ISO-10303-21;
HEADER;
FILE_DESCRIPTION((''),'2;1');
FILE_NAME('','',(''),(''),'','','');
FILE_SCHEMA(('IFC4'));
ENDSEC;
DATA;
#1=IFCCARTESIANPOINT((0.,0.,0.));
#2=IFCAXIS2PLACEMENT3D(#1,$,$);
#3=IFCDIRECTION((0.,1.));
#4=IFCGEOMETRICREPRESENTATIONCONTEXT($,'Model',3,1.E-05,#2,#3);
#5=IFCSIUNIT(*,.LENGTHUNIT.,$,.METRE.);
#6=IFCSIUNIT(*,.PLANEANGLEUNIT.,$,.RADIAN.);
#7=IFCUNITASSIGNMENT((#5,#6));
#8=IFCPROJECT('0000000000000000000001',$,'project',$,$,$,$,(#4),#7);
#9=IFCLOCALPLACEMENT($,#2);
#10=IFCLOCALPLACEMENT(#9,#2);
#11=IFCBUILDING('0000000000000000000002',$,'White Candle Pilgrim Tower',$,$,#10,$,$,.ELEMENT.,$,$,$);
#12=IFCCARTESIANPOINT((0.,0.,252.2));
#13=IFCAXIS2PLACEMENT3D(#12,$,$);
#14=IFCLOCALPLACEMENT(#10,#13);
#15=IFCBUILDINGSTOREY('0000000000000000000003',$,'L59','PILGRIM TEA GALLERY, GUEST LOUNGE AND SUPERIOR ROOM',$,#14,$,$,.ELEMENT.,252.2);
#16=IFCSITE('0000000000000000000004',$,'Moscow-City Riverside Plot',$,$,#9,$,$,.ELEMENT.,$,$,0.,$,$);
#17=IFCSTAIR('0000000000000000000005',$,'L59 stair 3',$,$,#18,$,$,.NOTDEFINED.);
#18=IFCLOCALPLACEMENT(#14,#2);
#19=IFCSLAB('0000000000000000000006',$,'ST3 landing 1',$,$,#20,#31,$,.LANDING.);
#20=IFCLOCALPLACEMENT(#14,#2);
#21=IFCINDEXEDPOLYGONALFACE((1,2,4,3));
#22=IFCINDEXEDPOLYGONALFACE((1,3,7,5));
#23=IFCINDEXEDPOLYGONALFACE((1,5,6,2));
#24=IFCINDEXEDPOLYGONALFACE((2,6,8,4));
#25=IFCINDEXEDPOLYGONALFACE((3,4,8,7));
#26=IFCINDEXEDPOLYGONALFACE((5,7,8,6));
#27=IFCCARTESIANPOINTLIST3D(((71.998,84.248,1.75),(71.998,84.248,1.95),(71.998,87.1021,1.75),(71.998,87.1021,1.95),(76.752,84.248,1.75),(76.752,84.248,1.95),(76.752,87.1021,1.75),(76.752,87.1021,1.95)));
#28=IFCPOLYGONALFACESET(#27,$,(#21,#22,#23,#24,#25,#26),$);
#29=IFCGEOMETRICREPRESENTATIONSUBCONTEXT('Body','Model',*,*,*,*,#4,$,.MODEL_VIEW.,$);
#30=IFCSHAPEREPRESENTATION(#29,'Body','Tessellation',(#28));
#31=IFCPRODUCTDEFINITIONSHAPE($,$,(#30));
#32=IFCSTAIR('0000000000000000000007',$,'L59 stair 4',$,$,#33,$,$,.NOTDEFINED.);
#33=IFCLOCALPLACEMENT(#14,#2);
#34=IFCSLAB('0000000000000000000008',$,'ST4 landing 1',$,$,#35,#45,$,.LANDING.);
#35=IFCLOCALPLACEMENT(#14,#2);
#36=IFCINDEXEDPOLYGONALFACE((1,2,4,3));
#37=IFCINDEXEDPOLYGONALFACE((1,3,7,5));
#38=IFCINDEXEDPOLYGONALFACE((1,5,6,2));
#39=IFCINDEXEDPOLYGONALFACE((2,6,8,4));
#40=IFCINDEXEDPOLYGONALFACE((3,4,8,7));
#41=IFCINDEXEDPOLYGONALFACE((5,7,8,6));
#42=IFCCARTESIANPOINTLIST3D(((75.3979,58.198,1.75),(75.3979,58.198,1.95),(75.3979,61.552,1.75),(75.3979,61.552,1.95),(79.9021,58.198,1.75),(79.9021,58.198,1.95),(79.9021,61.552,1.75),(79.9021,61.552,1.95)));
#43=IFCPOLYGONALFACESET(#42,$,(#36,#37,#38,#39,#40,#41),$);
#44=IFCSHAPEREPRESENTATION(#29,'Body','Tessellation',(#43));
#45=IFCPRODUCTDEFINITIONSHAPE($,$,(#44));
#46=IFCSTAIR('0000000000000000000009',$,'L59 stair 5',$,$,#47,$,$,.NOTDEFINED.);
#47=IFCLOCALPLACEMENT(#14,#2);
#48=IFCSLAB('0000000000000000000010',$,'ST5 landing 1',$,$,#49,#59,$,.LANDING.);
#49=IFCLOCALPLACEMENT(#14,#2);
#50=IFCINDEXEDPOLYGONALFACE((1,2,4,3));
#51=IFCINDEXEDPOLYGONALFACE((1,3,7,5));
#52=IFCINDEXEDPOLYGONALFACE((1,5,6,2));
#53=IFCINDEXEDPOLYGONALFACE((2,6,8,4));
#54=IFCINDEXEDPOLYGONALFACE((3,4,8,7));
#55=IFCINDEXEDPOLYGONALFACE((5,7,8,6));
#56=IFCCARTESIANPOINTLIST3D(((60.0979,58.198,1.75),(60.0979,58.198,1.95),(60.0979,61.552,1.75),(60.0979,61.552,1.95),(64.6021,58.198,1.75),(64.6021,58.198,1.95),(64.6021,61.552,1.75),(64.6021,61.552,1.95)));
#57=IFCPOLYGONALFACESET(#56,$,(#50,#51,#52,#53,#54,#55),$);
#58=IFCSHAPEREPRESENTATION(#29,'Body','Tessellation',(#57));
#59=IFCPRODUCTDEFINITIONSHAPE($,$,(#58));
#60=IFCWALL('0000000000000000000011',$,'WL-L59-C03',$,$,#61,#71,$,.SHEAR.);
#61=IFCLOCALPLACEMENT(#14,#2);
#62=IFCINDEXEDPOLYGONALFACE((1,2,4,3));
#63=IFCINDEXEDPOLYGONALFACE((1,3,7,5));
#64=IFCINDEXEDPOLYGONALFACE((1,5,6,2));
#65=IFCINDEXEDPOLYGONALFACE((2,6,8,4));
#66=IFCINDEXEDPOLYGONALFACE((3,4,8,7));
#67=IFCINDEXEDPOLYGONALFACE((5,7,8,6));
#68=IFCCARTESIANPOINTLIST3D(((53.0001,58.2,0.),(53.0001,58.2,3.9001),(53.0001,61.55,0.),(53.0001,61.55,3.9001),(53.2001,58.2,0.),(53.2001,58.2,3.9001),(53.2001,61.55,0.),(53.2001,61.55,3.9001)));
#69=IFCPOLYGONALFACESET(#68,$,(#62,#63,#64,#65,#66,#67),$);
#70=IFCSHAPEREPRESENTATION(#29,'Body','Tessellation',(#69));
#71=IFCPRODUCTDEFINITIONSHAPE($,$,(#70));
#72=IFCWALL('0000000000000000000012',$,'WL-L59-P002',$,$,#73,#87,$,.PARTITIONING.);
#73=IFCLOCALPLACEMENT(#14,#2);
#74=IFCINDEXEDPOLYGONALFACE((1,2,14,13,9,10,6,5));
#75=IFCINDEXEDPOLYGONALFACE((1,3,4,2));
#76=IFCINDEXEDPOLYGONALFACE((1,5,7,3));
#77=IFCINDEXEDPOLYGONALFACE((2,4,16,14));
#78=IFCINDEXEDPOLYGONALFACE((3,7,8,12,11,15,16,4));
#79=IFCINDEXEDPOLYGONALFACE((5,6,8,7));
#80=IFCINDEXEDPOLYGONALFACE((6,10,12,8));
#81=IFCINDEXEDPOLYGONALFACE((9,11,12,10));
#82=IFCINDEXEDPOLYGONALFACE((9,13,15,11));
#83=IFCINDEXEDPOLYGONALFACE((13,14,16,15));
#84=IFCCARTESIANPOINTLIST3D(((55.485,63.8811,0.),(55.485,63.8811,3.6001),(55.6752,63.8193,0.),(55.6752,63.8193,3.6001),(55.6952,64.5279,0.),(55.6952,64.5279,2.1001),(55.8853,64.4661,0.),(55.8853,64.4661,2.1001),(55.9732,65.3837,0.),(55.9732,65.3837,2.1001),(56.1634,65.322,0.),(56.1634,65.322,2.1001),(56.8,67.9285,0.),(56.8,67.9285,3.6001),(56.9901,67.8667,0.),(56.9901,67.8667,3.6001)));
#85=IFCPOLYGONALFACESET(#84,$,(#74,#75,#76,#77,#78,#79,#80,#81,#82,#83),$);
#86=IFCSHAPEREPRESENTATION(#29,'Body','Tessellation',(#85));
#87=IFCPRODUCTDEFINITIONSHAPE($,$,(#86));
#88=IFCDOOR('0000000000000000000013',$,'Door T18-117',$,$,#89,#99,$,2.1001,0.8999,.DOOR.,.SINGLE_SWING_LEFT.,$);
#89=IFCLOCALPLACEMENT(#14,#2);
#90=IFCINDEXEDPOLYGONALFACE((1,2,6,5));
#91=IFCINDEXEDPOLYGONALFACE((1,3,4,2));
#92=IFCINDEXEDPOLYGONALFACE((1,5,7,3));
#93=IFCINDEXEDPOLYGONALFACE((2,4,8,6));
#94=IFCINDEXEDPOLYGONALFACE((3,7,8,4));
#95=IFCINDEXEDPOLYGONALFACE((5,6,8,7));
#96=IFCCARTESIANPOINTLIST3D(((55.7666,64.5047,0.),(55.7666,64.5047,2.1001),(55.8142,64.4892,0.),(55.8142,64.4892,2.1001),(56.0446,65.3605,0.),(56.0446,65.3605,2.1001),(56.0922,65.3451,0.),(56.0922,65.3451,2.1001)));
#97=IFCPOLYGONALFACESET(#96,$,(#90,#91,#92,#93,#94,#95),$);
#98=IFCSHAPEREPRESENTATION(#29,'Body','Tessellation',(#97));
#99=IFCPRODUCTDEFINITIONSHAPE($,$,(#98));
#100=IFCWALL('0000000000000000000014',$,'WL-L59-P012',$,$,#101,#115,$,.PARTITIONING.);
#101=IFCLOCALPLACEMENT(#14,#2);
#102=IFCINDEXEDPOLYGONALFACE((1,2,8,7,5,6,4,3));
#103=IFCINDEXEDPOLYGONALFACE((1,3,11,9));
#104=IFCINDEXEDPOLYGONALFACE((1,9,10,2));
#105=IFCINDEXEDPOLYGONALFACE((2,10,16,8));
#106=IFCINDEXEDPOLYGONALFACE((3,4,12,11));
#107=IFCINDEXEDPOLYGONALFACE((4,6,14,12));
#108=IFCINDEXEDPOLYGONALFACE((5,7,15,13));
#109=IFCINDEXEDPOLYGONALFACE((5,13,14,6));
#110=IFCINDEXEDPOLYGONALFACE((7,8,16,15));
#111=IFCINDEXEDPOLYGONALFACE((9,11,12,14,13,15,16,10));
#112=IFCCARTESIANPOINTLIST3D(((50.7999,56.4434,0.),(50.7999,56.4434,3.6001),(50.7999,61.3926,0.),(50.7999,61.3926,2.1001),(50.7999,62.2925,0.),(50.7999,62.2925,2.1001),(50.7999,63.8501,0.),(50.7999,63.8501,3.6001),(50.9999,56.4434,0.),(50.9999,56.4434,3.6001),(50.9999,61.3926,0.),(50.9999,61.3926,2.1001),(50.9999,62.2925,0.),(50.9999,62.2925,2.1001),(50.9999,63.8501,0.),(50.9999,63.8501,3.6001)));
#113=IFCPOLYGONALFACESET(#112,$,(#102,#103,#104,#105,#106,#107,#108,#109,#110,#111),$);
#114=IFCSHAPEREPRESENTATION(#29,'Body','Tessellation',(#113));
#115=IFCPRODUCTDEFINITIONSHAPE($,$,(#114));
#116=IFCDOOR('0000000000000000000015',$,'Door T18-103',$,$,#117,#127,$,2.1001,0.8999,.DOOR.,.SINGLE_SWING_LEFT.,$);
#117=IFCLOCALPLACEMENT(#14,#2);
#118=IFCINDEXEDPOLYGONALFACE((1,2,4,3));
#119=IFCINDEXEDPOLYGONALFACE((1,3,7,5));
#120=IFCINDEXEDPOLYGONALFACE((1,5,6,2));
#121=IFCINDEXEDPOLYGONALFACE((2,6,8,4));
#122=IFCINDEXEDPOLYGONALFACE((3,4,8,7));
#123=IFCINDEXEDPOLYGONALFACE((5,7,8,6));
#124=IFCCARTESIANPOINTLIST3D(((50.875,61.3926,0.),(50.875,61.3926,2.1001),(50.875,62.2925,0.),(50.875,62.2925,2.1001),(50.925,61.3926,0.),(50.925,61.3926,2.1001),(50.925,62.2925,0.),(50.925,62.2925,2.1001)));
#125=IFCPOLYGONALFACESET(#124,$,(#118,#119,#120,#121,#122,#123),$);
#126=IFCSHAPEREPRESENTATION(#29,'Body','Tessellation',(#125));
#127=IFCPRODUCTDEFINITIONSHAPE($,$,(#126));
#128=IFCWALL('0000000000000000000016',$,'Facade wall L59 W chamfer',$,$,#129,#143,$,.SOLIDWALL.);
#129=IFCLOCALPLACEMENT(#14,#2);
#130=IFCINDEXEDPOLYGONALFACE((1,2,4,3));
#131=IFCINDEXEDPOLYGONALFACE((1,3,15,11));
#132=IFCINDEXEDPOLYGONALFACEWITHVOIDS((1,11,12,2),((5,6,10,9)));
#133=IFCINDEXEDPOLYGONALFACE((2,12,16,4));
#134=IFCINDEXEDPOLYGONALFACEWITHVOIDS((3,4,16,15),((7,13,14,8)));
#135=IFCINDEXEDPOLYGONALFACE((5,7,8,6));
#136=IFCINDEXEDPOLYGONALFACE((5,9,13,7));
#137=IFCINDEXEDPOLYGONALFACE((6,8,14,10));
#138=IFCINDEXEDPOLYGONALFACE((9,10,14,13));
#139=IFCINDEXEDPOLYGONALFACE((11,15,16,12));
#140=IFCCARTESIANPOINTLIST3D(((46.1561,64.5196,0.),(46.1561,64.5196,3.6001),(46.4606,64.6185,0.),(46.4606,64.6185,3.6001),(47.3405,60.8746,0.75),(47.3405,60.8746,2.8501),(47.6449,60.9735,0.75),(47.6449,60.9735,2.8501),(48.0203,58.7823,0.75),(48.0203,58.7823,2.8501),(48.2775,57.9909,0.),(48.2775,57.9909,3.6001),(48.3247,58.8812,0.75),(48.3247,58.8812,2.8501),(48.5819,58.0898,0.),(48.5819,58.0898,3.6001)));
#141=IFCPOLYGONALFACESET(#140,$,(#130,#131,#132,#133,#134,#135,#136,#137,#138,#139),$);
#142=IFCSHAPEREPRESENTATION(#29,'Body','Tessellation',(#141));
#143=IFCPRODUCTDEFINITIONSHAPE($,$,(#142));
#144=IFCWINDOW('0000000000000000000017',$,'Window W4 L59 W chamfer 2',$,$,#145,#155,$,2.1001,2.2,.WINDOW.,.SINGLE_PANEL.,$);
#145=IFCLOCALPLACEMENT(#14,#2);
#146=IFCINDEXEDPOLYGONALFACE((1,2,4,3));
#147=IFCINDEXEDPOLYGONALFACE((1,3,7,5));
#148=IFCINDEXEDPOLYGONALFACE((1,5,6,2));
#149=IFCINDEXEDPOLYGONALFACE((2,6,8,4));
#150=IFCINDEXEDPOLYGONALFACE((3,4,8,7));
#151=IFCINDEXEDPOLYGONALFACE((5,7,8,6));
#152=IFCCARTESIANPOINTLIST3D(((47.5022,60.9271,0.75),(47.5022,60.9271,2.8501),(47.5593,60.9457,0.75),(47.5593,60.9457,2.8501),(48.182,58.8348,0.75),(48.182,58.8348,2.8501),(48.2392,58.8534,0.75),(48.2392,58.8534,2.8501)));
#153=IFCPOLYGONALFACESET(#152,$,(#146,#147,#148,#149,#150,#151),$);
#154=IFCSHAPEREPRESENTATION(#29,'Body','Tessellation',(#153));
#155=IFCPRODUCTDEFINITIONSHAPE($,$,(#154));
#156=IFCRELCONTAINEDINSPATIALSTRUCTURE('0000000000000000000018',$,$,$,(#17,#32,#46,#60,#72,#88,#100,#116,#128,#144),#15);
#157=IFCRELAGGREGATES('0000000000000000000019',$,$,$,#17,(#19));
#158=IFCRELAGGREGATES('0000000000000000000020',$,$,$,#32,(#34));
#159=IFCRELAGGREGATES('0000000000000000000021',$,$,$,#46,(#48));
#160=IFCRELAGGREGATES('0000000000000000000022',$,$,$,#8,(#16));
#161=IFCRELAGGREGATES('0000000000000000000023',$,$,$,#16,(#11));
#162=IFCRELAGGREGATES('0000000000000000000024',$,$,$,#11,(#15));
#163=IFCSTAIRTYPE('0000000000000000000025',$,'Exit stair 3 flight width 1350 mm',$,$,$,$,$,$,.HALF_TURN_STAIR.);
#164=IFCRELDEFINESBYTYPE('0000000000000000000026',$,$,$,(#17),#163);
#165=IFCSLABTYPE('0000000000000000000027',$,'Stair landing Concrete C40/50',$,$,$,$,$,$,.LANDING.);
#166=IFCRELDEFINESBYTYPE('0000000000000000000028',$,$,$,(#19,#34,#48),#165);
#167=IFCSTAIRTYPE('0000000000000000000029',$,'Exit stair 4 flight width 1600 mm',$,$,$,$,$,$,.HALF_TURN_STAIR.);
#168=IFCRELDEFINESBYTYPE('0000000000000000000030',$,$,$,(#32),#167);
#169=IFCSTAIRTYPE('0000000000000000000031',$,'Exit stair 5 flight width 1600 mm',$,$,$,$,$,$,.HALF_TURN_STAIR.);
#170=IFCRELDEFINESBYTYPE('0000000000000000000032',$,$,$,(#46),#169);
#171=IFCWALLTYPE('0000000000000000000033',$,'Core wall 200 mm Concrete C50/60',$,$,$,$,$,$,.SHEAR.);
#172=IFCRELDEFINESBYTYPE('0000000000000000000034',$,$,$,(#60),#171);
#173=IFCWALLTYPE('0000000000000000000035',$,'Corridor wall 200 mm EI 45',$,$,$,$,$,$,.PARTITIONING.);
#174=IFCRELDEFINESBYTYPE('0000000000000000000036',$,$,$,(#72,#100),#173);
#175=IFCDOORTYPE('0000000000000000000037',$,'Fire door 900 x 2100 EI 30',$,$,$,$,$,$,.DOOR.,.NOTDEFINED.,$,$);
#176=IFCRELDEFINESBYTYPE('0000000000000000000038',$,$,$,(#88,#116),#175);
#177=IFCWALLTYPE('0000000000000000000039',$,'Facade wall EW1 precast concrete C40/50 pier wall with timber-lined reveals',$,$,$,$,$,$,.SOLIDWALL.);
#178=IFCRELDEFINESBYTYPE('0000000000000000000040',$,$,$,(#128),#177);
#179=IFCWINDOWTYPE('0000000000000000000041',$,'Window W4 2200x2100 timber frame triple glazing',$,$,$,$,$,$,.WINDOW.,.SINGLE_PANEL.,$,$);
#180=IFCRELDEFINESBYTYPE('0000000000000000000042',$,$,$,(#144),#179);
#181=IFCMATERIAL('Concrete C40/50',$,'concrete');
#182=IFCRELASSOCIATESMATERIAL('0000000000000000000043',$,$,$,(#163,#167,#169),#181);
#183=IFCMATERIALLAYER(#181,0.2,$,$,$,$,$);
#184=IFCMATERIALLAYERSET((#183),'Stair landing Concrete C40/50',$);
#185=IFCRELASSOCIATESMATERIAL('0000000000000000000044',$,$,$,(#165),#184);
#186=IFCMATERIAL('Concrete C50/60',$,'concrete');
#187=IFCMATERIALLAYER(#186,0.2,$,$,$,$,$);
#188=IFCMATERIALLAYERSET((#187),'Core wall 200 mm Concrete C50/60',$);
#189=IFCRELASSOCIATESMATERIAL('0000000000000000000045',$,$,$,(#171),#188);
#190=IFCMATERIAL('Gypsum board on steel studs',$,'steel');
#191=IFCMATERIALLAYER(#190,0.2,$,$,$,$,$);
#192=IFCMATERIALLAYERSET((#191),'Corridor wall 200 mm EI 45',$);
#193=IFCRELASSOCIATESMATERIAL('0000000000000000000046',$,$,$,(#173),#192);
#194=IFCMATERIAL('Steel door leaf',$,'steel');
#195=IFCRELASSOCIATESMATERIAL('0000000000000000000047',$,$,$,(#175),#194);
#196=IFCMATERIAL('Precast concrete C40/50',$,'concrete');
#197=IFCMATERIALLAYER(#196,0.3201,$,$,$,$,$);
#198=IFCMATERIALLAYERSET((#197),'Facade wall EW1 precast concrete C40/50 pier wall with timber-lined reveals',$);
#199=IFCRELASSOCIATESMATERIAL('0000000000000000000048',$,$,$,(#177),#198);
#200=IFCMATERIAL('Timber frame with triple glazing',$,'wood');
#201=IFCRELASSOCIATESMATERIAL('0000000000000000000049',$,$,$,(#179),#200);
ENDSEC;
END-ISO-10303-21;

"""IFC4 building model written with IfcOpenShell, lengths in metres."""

from ifc_helpers import new_model, si_unit, direction, frame, frame_2d, origin, place, context, subcontext, project, spatial, polyline, rectangle, outline, extrude, material, layer, layer_set, type_object, element, fill, aggregate, save


model = new_model("IFC4")

# Units and contexts
model_context = context("Model", 3, precision=1e-05, world=origin(), true_north=direction((0.0, 1.0)))
body_context = subcontext(model_context, "Body", "Model", "MODEL_VIEW")
ifc_project = project(units=[si_unit("LENGTHUNIT", "METRE"), si_unit("PLANEANGLEUNIT", "RADIAN")], contexts=[model_context])

# Site, building, storey
site_placement = place(None, origin())
site = spatial("IfcSite", under=ifc_project, at=site_placement, Name="Moscow-City Riverside Plot", CompositionType="ELEMENT", RefElevation=0.0)
building_placement = place(site_placement, origin())
building = spatial("IfcBuilding", under=site, at=building_placement, Name="White Candle Pilgrim Tower", CompositionType="ELEMENT")
storey_placement = place(building_placement, frame((0.0, 0.0, 252.2)))
storey = spatial("IfcBuildingStorey", under=building, at=storey_placement, Name="L59", Description="PILGRIM TEA GALLERY, GUEST LOUNGE AND SUPERIOR ROOM", CompositionType="ELEMENT", Elevation=252.2)

# Stairs, slabs
ifc_material_1 = material(Name="Concrete C40/50", Category="concrete")
stair_type_1 = type_object("IfcStairType", Name="Exit stair 3 flight width 1350 mm", PredefinedType="HALF_TURN_STAIR", material=ifc_material_1)
stair_1_placement = place(storey_placement, origin())
stair_1 = element("IfcStair", 1, at=stair_1_placement, inside=storey, type_object=stair_type_1, Name="L59 stair 3", PredefinedType="NOTDEFINED")
ifc_layer_1 = layer(ifc_material_1, 0.2)
ifc_layer_set_1 = layer_set([ifc_layer_1], Name="Stair landing Concrete C40/50")
slab_type = type_object("IfcSlabType", Name="Stair landing Concrete C40/50", PredefinedType="LANDING", material=ifc_layer_set_1)
slab_1_placement = place(storey_placement, frame((0.0, 0.0, 1.75)))
slab_1 = element("IfcSlab", 2, at=slab_1_placement, type_object=slab_type, Name="ST3 landing 1", PredefinedType="LANDING", context=body_context, shape_type="SweptSolid", body=[
    extrude(outline(polyline([(71.998, 84.248), (71.998, 87.1021), (76.752, 87.1021), (76.752, 84.248), (71.998, 84.248)])), origin(), (0.0, 0.0, 1.0), 0.2),
])
aggregate(stair_1, [slab_1])
stair_type_2 = type_object("IfcStairType", Name="Exit stair 4 flight width 1600 mm", PredefinedType="HALF_TURN_STAIR", material=ifc_material_1)
stair_2_placement = place(storey_placement, origin())
stair_2 = element("IfcStair", 3, at=stair_2_placement, inside=storey, type_object=stair_type_2, Name="L59 stair 4", PredefinedType="NOTDEFINED")
slab_2_placement = place(storey_placement, frame((0.0, 0.0, 1.75)))
slab_2 = element("IfcSlab", 4, at=slab_2_placement, type_object=slab_type, Name="ST4 landing 1", PredefinedType="LANDING", context=body_context, shape_type="SweptSolid", body=[
    extrude(outline(polyline([(79.9021, 61.552), (79.9021, 58.198), (75.3979, 58.198), (75.3979, 61.552), (79.9021, 61.552)])), origin(), (0.0, 0.0, 1.0), 0.2),
])
aggregate(stair_2, [slab_2])
stair_type_3 = type_object("IfcStairType", Name="Exit stair 5 flight width 1600 mm", PredefinedType="HALF_TURN_STAIR", material=ifc_material_1)
stair_3_placement = place(storey_placement, origin())
stair_3 = element("IfcStair", 5, at=stair_3_placement, inside=storey, type_object=stair_type_3, Name="L59 stair 5", PredefinedType="NOTDEFINED")
slab_3_placement = place(storey_placement, frame((0.0, 0.0, 1.75)))
slab_3 = element("IfcSlab", 6, at=slab_3_placement, type_object=slab_type, Name="ST5 landing 1", PredefinedType="LANDING", context=body_context, shape_type="SweptSolid", body=[
    extrude(outline(polyline([(60.0979, 58.198), (60.0979, 61.552), (64.6021, 61.552), (64.6021, 58.198), (60.0979, 58.198)])), origin(), (0.0, 0.0, 1.0), 0.2),
])
aggregate(stair_3, [slab_3])

# Wall
ifc_material_2 = material(Name="Concrete C50/60", Category="concrete")
ifc_layer_2 = layer(ifc_material_2, 0.2)
ifc_layer_set_2 = layer_set([ifc_layer_2], Name="Core wall 200 mm Concrete C50/60")
wall_type_1 = type_object("IfcWallType", Name="Core wall 200 mm Concrete C50/60", PredefinedType="SHEAR", material=ifc_layer_set_2)
wall_1_placement = place(storey_placement, frame((53.1001, 58.2, 0.0), z_axis=(0.0, 0.0, 1.0), x_axis=(0.0, 1.0, 0.0)))
element("IfcWall", 7, at=wall_1_placement, inside=storey, type_object=wall_type_1, Name="WL-L59-C03", PredefinedType="SHEAR", context=body_context, shape_type="SweptSolid", body=[
    extrude(rectangle(XDim=3.3501, YDim=0.2, at=frame_2d((1.675, 0.0))), origin(), (0.0, 0.0, 1.0), 3.9001),
])

# Walls, openings, doors
ifc_material_3 = material(Name="Gypsum board on steel studs", Category="steel")
ifc_layer_3 = layer(ifc_material_3, 0.2)
ifc_layer_set_3 = layer_set([ifc_layer_3], Name="Corridor wall 200 mm EI 45")
wall_type_2 = type_object("IfcWallType", Name="Corridor wall 200 mm EI 45", PredefinedType="PARTITIONING", material=ifc_layer_set_3)
wall_2_placement = place(storey_placement, frame((55.5801, 63.8501, 0.0), z_axis=(0.0, 0.0, 1.0), x_axis=(0.30899, 0.951065, 0.0)))
wall_2 = element("IfcWall", 8, at=wall_2_placement, inside=storey, type_object=wall_type_2, Name="WL-L59-P002", PredefinedType="PARTITIONING", context=body_context, shape_type="SweptSolid", body=[
    extrude(rectangle(XDim=4.2556, YDim=0.2, at=frame_2d((2.1279, 0.0))), origin(), (0.0, 0.0, 1.0), 3.6001),
])
opening_1_placement = place(wall_2_placement, frame((0.6802, 0.0, 0.0)))
opening_1 = element("IfcOpeningElement", 9, at=opening_1_placement, cuts=wall_2, PredefinedType="OPENING", context=body_context, shape_type="SweptSolid", body=[
    extrude(rectangle(XDim=0.8999, YDim=2.1001, at=frame_2d((0.45, 1.05))), frame((0.0, 0.1099, 0.0), z_axis=(0.0, -1.0, 0.0), x_axis=(1.0, 0.0, 0.0)), (0.0, 0.0, 1.0), 0.22),
])
ifc_material_4 = material(Name="Steel door leaf", Category="steel")
door_type_1 = type_object("IfcDoorType", Name="Fire door 900 x 2100 EI 30", OperationType="NOTDEFINED", PredefinedType="DOOR", material=ifc_material_4)
door_1_placement = place(opening_1_placement, origin())
door_1 = element("IfcDoor", 10, at=door_1_placement, inside=storey, type_object=door_type_1, Name="Door T18-117", OperationType="SINGLE_SWING_LEFT", OverallHeight=2.1001, OverallWidth=0.8999, PredefinedType="DOOR", context=body_context, shape_type="SweptSolid", body=[
    extrude(rectangle(XDim=0.8999, YDim=2.1001, at=frame_2d((0.45, 1.05))), frame((0.0, 0.0249, 0.0), z_axis=(0.0, -1.0, 0.0), x_axis=(1.0, 0.0, 0.0)), (0.0, 0.0, 1.0), 0.05),
])
fill(opening_1, door_1)
wall_3_placement = place(storey_placement, frame((50.8999, 56.4434, 0.0), z_axis=(0.0, 0.0, 1.0), x_axis=(0.0, 1.0, 0.0)))
wall_3 = element("IfcWall", 11, at=wall_3_placement, inside=storey, type_object=wall_type_2, Name="WL-L59-P012", PredefinedType="PARTITIONING", context=body_context, shape_type="SweptSolid", body=[
    extrude(rectangle(XDim=7.4067, YDim=0.2, at=frame_2d((3.7034, 0.0))), origin(), (0.0, 0.0, 1.0), 3.6001),
])
opening_2_placement = place(wall_3_placement, frame((4.9492, 0.0, 0.0)))
opening_2 = element("IfcOpeningElement", 12, at=opening_2_placement, cuts=wall_3, PredefinedType="OPENING", context=body_context, shape_type="SweptSolid", body=[
    extrude(rectangle(XDim=0.8999, YDim=2.1001, at=frame_2d((0.45, 1.05))), frame((0.0, 0.1099, 0.0), z_axis=(0.0, -1.0, 0.0), x_axis=(1.0, 0.0, 0.0)), (0.0, 0.0, 1.0), 0.22),
])
door_2_placement = place(opening_2_placement, origin())
door_2 = element("IfcDoor", 13, at=door_2_placement, inside=storey, type_object=door_type_1, Name="Door T18-103", OperationType="SINGLE_SWING_LEFT", OverallHeight=2.1001, OverallWidth=0.8999, PredefinedType="DOOR", context=body_context, shape_type="SweptSolid", body=[
    extrude(rectangle(XDim=0.8999, YDim=2.1001, at=frame_2d((0.45, 1.05))), frame((0.0, 0.0249, 0.0), z_axis=(0.0, -1.0, 0.0), x_axis=(1.0, 0.0, 0.0)), (0.0, 0.0, 1.0), 0.05),
])
fill(opening_2, door_2)

# Wall, opening, window
ifc_material_5 = material(Name="Precast concrete C40/50", Category="concrete")
ifc_layer_4 = layer(ifc_material_5, 0.3201)
ifc_layer_set_4 = layer_set([ifc_layer_4], Name="Facade wall EW1 precast concrete C40/50 pier wall with timber-lined reveals")
wall_type_3 = type_object("IfcWallType", Name="Facade wall EW1 precast concrete C40/50 pier wall with timber-lined reveals", PredefinedType="SOLIDWALL", material=ifc_layer_set_4)
wall_4_placement = place(storey_placement, frame((46.3083, 64.5691, 0.0), z_axis=(0.0, 0.0, 1.0), x_axis=(0.309017, -0.951057, 0.0)))
wall_4 = element("IfcWall", 14, at=wall_4_placement, inside=storey, type_object=wall_type_3, Name="Facade wall L59 W chamfer", PredefinedType="SOLIDWALL", context=body_context, shape_type="SweptSolid", body=[
    extrude(rectangle(XDim=6.8647, YDim=0.3201, at=frame_2d((3.4324, 0.0))), origin(), (0.0, 0.0, 1.0), 3.6001),
])
opening_3_placement = place(wall_4_placement, frame((3.8325, 0.0, 0.75)))
opening_3 = element("IfcOpeningElement", 15, at=opening_3_placement, cuts=wall_4, PredefinedType="OPENING", context=body_context, shape_type="SweptSolid", body=[
    extrude(rectangle(XDim=2.2, YDim=2.1001, at=frame_2d((1.1001, 1.05))), frame((0.0, 0.1699, 0.0), z_axis=(0.0, -1.0, 0.0), x_axis=(1.0, 0.0, 0.0)), (0.0, 0.0, 1.0), 0.3401),
])
ifc_material_6 = material(Name="Timber frame with triple glazing", Category="wood")
window_type_1 = type_object("IfcWindowType", Name="Window W4 2200x2100 timber frame triple glazing", PartitioningType="SINGLE_PANEL", PredefinedType="WINDOW", material=ifc_material_6)
window_1_placement = place(opening_3_placement, origin())
window_1 = element("IfcWindow", 16, at=window_1_placement, inside=storey, type_object=window_type_1, Name="Window W4 L59 W chamfer 2", OverallHeight=2.1001, OverallWidth=2.2, PartitioningType="SINGLE_PANEL", PredefinedType="WINDOW", context=body_context, shape_type="SweptSolid", body=[
    extrude(rectangle(XDim=2.2, YDim=2.1001, at=frame_2d((1.1001, 1.05))), frame((0.0, 0.0701, 0.0), z_axis=(0.0, -1.0, 0.0), x_axis=(1.0, 0.0, 0.0)), (0.0, 0.0, 1.0), 0.0601),
])
fill(opening_3, window_1)

save(model, "model.ifc")
